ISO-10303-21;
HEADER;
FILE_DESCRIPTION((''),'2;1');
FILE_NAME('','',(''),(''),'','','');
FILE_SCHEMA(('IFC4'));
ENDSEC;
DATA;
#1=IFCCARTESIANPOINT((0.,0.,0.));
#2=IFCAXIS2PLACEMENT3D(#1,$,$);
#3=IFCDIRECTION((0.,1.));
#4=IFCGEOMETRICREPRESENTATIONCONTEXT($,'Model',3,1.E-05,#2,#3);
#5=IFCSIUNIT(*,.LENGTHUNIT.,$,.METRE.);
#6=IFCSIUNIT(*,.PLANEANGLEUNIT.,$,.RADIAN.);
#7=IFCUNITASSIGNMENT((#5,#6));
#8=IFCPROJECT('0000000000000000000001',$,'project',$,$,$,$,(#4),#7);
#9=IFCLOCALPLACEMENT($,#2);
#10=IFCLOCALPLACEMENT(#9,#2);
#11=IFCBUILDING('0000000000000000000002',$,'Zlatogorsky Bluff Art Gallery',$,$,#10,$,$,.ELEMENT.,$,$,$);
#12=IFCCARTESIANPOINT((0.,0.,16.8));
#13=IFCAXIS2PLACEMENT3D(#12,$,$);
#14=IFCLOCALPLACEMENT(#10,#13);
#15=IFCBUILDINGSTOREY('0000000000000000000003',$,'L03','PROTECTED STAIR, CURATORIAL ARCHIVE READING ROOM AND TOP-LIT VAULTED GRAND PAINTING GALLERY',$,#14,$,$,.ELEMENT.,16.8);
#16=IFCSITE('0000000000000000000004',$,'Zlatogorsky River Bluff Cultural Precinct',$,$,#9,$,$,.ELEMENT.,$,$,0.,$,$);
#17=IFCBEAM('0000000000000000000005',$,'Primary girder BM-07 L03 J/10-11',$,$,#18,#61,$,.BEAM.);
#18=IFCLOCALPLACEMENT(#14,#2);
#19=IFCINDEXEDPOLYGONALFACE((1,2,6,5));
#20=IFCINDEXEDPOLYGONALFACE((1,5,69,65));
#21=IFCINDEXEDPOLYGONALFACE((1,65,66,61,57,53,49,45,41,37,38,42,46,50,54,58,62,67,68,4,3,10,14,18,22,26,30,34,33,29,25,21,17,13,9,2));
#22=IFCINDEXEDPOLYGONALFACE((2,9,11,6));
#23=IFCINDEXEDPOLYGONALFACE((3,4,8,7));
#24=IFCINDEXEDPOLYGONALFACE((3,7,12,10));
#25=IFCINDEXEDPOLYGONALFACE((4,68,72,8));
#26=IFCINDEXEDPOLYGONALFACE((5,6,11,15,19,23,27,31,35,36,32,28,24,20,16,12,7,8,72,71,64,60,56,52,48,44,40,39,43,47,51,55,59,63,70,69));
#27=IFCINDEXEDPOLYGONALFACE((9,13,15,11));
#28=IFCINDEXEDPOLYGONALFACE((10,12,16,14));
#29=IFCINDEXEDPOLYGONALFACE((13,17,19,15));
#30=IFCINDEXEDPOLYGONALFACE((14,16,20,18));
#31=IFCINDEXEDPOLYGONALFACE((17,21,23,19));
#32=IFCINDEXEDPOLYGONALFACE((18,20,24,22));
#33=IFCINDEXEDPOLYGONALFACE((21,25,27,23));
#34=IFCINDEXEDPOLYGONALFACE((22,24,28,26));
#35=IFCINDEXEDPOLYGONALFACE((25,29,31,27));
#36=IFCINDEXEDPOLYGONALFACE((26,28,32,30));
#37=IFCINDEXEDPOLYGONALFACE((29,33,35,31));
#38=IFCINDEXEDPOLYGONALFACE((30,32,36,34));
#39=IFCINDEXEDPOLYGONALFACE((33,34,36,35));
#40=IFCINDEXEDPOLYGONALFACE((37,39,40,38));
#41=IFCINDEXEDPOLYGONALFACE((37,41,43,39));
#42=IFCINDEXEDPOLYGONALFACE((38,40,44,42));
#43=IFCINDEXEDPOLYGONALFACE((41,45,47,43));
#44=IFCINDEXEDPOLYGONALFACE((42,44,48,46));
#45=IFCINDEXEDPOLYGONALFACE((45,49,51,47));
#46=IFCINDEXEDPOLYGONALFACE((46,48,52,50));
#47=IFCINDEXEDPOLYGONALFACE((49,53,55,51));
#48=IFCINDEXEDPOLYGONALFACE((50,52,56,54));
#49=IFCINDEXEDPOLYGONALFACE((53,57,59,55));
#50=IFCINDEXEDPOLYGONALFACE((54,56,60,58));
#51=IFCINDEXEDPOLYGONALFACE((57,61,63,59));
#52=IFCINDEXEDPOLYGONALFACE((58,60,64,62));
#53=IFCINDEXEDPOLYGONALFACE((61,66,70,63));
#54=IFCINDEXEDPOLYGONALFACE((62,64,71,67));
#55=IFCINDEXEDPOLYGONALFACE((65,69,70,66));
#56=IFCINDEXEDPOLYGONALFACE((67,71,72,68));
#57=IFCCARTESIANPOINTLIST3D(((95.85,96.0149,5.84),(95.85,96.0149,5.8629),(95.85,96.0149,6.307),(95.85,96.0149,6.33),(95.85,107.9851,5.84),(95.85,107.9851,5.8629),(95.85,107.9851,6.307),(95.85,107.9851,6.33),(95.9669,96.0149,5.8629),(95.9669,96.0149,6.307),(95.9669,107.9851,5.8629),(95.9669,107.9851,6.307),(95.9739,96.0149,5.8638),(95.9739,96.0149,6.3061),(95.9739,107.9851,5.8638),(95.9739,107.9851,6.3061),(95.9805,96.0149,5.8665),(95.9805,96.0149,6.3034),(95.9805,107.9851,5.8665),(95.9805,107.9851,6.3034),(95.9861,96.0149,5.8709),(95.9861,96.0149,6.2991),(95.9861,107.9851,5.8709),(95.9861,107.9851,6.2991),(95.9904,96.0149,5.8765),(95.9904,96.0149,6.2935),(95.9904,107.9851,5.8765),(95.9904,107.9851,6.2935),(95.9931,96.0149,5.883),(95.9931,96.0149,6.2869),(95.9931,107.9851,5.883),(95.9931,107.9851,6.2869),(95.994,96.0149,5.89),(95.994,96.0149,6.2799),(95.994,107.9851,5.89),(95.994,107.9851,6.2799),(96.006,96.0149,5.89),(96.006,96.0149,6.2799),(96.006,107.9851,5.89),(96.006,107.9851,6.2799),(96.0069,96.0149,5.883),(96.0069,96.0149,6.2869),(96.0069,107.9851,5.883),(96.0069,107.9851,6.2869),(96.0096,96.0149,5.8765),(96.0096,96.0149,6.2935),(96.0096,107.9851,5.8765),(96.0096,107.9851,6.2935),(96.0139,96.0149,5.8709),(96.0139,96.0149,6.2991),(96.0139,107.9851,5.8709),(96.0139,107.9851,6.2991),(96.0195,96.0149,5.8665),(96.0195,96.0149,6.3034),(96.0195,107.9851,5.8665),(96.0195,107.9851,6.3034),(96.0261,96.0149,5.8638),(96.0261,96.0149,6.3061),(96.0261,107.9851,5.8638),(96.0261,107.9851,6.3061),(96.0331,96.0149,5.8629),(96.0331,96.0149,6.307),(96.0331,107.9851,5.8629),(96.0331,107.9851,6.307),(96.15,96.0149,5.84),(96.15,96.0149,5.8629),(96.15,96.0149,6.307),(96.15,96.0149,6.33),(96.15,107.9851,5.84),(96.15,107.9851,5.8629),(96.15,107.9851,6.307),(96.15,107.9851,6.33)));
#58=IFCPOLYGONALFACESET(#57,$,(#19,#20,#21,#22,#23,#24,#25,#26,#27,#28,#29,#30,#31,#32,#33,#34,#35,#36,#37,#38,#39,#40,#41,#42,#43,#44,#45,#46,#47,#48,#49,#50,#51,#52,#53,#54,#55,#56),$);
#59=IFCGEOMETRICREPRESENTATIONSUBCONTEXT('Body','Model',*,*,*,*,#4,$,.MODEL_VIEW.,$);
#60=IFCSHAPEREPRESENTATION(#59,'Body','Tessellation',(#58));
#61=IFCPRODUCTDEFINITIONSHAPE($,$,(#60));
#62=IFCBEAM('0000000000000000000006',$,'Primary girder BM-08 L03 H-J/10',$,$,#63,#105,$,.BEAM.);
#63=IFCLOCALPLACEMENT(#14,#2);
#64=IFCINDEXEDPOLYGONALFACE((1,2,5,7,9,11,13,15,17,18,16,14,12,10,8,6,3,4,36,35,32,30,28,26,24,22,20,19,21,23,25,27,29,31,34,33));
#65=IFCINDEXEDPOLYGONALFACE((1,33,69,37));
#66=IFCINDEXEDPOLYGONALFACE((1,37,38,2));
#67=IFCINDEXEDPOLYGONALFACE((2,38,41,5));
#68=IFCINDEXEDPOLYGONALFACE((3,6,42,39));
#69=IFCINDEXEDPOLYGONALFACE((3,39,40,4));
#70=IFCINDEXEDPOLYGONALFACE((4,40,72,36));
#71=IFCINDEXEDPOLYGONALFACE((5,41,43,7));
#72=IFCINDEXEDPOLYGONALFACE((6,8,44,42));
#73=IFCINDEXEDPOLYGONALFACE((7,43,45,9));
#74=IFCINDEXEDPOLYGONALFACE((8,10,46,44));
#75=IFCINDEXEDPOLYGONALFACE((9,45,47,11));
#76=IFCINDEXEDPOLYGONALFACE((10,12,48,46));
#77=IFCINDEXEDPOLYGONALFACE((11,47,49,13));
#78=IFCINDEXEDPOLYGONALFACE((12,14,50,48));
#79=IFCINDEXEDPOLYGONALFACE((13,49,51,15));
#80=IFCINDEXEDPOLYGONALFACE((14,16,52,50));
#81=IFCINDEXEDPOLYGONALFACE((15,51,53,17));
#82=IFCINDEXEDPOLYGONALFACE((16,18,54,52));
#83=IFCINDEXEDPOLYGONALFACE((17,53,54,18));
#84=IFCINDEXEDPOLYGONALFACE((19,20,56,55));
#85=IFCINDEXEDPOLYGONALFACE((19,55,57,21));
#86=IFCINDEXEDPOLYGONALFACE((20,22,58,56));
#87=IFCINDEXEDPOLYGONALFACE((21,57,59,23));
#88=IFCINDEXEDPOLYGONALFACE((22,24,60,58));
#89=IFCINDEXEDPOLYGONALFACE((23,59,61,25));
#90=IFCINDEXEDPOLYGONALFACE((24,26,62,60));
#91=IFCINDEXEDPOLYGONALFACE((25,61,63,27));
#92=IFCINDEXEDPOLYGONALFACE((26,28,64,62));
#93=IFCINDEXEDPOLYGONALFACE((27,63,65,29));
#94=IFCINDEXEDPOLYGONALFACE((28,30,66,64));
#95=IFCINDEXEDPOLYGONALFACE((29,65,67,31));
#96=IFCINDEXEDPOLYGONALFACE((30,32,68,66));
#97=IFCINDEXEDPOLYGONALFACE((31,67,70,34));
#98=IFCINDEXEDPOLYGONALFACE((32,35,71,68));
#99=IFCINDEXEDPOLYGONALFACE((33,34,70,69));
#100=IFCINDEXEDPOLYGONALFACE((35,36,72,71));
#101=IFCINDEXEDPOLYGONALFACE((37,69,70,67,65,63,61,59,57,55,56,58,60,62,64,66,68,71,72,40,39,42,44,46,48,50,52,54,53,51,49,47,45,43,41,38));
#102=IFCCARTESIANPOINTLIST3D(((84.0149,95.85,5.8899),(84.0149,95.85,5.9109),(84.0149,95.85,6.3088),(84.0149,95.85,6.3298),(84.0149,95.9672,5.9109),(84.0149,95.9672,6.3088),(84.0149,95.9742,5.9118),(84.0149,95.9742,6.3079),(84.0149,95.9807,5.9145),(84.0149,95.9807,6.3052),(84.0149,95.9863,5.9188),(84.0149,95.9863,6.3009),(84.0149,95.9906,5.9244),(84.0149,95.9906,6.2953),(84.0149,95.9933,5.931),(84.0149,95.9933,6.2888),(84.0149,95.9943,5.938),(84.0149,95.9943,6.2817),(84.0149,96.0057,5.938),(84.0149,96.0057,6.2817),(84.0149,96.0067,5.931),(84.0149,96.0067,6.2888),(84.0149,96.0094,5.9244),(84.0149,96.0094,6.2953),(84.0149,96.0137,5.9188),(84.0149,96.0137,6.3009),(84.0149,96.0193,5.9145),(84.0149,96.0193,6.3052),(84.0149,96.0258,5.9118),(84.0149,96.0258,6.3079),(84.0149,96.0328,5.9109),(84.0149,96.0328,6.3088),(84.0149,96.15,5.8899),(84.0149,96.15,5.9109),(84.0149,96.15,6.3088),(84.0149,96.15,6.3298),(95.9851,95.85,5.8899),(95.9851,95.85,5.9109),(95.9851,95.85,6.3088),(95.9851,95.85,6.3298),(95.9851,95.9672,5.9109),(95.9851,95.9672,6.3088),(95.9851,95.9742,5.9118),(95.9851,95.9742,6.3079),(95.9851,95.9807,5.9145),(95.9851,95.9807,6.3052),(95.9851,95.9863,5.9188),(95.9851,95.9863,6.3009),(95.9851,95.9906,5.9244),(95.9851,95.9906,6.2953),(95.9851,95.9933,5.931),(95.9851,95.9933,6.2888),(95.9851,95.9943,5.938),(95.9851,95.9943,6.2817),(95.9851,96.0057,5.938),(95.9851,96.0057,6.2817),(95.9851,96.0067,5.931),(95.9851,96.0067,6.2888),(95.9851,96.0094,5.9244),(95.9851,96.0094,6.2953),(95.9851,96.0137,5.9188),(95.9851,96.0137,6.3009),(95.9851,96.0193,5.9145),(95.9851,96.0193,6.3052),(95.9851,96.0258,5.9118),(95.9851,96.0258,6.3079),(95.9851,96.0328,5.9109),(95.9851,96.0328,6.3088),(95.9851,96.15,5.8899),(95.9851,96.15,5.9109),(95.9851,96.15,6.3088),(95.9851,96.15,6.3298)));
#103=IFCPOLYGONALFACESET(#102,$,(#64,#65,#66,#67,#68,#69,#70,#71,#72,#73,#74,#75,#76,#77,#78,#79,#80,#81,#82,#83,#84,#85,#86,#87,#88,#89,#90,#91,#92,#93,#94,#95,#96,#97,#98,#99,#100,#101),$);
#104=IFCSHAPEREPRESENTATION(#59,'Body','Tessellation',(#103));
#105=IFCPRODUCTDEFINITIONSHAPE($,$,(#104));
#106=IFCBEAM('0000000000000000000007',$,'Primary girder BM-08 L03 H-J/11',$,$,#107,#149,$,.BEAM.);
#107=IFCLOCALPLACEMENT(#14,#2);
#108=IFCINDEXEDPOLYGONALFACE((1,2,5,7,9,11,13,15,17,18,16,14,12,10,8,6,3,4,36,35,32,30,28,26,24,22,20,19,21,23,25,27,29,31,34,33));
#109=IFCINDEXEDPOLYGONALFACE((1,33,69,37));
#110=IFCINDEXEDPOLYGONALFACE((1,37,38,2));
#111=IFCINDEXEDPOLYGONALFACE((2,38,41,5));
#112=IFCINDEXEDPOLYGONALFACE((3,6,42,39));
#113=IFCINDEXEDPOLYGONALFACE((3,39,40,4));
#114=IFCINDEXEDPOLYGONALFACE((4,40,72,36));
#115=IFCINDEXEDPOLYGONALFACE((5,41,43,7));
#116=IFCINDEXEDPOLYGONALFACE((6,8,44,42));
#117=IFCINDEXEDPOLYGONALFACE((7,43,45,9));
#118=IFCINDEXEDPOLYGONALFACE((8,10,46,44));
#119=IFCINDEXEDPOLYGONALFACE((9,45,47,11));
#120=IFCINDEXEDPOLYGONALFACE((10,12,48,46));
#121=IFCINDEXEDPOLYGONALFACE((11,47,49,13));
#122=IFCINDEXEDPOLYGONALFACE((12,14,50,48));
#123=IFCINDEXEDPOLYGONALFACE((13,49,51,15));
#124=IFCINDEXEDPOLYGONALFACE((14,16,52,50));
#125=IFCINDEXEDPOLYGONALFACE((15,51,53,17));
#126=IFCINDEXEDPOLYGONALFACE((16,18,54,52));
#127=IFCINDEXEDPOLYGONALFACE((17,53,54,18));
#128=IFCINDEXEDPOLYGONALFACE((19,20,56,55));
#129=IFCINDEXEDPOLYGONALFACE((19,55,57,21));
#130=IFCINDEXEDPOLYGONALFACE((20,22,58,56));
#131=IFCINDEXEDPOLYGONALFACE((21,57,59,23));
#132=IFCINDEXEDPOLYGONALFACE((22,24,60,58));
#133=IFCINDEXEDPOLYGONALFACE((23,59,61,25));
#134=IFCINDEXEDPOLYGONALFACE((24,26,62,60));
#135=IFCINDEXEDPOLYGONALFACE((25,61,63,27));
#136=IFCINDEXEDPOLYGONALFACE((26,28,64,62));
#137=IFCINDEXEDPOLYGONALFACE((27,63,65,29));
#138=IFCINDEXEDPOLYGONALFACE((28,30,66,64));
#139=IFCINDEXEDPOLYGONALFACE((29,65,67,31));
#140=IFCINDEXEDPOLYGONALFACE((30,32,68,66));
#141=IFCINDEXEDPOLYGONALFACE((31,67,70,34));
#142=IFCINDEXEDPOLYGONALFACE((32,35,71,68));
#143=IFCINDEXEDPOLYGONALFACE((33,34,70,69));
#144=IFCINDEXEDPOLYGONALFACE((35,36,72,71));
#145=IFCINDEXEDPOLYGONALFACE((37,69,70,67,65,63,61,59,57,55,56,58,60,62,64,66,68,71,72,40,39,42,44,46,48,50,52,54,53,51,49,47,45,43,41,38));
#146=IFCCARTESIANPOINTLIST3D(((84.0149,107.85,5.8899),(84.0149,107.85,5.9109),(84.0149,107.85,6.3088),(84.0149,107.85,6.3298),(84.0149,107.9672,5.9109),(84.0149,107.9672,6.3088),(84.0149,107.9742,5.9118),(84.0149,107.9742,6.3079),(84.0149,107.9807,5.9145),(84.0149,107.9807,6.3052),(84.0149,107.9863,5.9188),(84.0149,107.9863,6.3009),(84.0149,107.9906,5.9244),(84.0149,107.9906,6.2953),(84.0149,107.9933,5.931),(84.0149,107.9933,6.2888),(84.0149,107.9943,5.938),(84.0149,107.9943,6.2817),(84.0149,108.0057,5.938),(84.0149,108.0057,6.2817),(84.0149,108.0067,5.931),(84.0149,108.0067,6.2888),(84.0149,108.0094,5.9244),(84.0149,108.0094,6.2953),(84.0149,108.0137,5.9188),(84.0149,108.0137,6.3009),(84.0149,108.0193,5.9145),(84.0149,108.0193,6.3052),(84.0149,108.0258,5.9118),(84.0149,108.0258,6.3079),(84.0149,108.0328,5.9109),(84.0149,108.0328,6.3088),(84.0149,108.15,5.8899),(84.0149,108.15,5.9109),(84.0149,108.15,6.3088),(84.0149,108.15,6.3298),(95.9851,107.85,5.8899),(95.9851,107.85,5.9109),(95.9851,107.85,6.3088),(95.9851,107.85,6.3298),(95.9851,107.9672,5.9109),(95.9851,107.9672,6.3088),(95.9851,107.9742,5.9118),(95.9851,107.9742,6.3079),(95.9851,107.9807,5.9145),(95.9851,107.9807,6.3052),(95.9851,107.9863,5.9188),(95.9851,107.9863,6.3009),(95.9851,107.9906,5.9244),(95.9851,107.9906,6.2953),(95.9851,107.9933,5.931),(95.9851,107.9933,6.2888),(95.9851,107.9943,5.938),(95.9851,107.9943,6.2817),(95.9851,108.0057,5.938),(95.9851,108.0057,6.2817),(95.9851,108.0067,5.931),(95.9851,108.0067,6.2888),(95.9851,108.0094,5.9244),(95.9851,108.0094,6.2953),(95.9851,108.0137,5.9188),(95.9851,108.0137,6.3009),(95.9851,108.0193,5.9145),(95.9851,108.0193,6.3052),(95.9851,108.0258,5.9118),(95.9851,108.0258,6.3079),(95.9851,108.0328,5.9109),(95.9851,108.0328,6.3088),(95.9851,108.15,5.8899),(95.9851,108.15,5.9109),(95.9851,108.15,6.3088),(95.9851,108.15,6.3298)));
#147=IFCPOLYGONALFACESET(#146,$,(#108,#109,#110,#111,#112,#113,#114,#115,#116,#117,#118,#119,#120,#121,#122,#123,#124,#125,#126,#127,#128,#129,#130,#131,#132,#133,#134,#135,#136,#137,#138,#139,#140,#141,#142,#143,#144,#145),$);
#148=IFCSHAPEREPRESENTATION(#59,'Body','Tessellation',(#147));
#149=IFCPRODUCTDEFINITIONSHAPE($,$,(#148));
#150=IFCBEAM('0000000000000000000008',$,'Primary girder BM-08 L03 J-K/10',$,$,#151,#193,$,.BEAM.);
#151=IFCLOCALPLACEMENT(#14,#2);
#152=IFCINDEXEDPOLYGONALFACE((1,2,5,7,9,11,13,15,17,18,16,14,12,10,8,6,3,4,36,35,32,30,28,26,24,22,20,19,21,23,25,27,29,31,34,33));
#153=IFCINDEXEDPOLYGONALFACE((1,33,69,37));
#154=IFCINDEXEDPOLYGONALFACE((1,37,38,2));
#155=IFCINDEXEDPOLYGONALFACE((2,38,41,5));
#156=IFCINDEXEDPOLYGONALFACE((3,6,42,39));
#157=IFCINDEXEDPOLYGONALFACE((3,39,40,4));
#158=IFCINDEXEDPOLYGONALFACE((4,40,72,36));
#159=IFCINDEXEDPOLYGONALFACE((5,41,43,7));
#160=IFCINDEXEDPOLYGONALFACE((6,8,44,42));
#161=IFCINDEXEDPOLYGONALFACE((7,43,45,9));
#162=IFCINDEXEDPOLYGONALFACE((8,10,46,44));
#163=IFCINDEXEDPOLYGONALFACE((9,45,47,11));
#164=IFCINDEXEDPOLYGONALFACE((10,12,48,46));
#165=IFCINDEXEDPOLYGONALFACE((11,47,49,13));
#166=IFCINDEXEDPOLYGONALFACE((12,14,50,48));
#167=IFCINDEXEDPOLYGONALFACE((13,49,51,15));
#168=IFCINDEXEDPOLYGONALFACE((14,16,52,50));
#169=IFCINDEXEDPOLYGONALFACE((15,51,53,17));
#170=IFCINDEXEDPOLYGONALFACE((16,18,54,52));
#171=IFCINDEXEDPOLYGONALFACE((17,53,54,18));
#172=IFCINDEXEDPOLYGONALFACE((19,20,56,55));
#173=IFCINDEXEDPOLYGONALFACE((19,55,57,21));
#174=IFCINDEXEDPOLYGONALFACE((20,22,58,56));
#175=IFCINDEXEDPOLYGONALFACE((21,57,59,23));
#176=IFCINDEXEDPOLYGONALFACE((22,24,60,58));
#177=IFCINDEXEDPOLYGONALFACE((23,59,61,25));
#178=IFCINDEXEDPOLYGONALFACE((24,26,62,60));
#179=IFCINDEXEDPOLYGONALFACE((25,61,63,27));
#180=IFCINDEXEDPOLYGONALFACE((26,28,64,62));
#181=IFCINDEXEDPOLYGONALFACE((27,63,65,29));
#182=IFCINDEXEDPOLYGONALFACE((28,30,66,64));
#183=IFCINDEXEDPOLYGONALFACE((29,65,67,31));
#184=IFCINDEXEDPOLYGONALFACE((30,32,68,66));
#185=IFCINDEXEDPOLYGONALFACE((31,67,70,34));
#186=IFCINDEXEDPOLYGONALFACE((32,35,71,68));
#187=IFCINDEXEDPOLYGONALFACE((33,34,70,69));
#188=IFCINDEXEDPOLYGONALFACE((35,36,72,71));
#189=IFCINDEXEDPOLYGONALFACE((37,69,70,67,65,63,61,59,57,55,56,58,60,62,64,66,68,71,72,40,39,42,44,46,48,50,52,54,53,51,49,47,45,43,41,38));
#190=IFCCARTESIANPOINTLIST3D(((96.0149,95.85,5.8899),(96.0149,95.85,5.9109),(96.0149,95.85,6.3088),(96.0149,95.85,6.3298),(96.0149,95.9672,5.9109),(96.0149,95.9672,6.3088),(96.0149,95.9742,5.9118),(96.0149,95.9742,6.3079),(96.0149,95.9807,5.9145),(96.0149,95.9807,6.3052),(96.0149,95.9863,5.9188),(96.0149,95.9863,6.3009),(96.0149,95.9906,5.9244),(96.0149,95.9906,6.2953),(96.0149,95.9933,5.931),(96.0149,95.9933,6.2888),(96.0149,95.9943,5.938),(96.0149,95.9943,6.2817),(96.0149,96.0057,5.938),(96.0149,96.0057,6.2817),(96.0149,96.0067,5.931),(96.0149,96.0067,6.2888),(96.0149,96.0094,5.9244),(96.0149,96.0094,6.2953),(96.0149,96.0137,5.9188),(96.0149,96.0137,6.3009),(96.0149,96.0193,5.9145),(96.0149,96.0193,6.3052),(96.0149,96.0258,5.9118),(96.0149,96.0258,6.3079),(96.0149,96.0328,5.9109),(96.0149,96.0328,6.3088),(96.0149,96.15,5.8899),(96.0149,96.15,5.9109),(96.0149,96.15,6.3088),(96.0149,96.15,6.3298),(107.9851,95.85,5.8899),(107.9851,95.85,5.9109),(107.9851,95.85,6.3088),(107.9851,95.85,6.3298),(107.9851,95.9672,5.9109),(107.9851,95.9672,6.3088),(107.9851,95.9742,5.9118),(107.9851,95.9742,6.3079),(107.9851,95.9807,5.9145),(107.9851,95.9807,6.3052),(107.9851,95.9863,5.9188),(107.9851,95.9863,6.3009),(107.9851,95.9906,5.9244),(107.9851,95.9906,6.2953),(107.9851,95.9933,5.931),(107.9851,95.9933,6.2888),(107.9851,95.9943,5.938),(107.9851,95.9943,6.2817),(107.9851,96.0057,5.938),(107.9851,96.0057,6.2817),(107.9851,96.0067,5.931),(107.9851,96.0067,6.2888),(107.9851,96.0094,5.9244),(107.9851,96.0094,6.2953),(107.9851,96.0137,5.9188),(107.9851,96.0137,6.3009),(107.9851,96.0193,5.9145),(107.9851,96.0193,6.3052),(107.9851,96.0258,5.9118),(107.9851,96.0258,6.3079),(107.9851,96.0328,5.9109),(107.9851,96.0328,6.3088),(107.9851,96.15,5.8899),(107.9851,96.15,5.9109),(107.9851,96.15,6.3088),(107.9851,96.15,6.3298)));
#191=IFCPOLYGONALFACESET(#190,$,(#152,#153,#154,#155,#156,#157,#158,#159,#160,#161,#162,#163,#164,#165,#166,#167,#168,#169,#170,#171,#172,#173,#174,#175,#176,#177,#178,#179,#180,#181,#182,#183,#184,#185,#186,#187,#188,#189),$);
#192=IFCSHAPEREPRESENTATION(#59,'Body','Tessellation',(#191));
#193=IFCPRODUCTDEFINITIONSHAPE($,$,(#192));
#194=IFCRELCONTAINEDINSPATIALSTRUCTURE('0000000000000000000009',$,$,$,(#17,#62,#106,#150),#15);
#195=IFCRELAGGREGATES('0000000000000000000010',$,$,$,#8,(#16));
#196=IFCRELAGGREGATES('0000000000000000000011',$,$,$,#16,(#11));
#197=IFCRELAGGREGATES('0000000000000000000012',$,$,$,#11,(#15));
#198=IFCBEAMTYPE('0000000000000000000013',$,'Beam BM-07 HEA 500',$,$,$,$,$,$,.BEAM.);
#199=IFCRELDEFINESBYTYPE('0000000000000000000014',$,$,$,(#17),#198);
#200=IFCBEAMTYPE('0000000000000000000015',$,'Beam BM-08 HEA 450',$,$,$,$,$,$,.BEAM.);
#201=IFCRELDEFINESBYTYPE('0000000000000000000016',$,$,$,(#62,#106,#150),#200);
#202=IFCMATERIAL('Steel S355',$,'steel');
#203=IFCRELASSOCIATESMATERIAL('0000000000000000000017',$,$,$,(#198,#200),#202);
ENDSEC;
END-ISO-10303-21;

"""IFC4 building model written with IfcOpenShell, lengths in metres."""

from ifc_helpers import new_model, si_unit, direction, frame, origin, origin_2d, place, context, subcontext, project, spatial, i_section, extrude, material, material_profile, profile_set, type_object, element, save


model = new_model("IFC4")

# Units and contexts
model_context = context("Model", 3, precision=1e-05, world=origin(), true_north=direction((0.0, 1.0)))
body_context = subcontext(model_context, "Body", "Model", "MODEL_VIEW")
ifc_project = project(units=[si_unit("LENGTHUNIT", "METRE"), si_unit("PLANEANGLEUNIT", "RADIAN")], contexts=[model_context])

# Site, building, storey
site_placement = place(None, origin())
site = spatial("IfcSite", under=ifc_project, at=site_placement, Name="Zlatogorsky River Bluff Cultural Precinct", CompositionType="ELEMENT", RefElevation=0.0)
building_placement = place(site_placement, origin())
building = spatial("IfcBuilding", under=site, at=building_placement, Name="Zlatogorsky Bluff Art Gallery", CompositionType="ELEMENT")
storey_placement = place(building_placement, frame((0.0, 0.0, 16.8)))
storey = spatial("IfcBuildingStorey", under=building, at=storey_placement, Name="L03", Description="PROTECTED STAIR, CURATORIAL ARCHIVE READING ROOM AND TOP-LIT VAULTED GRAND PAINTING GALLERY", CompositionType="ELEMENT", Elevation=16.8)

# Shared definitions
ifc_material_1 = material(Name="Steel S355", Category="steel")

# Beams
ifc_material_profile_1 = material_profile(ifc_material_1, i_section(OverallWidth=0.3, OverallDepth=0.49, WebThickness=0.012, FlangeThickness=0.0229, FilletRadius=0.0271, at=origin_2d()), Name="HEA 500")
ifc_profile_set_1 = profile_set([ifc_material_profile_1], Name="Steel S355")
beam_type_1 = type_object("IfcBeamType", Name="Beam BM-07 HEA 500", PredefinedType="BEAM", material=ifc_profile_set_1)
for number, where, z_axis, x_axis, name in (
    (1, (96.0, 96.0149, 6.085), (0.0, 1.0, 0.0), (-1.0, 0.0, 0.0), "Primary girder BM-07 L03 J/10-11"),
):
    element("IfcBeam", number, at=place(storey_placement, frame(where, z_axis=z_axis, x_axis=x_axis)), inside=storey, type_object=beam_type_1, Name=name, PredefinedType="BEAM", context=body_context, shape_type="SweptSolid", body=[
        extrude(i_section(OverallWidth=0.3, OverallDepth=0.49, WebThickness=0.012, FlangeThickness=0.0229, FilletRadius=0.0271, at=origin_2d()), origin(), (0.0, 0.0, 1.0), 11.9702),
    ])
ifc_material_profile_2 = material_profile(ifc_material_1, i_section(OverallWidth=0.3, OverallDepth=0.4399, WebThickness=0.0115, FlangeThickness=0.021, FilletRadius=0.0271, at=origin_2d()), Name="HEA 450")
ifc_profile_set_2 = profile_set([ifc_material_profile_2], Name="Steel S355")
beam_type_2 = type_object("IfcBeamType", Name="Beam BM-08 HEA 450", PredefinedType="BEAM", material=ifc_profile_set_2)
for number, where, z_axis, x_axis, name in (
    (2, (84.0149, 96.0, 6.1099), (1.0, 0.0, 0.0), (0.0, 1.0, 0.0), "Primary girder BM-08 L03 H-J/10"),
    (3, (84.0149, 108.0, 6.1099), (1.0, 0.0, 0.0), (0.0, 1.0, 0.0), "Primary girder BM-08 L03 H-J/11"),
    (4, (96.0149, 96.0, 6.1099), (1.0, 0.0, 0.0), (0.0, 1.0, 0.0), "Primary girder BM-08 L03 J-K/10"),
):
    element("IfcBeam", number, at=place(storey_placement, frame(where, z_axis=z_axis, x_axis=x_axis)), inside=storey, type_object=beam_type_2, Name=name, PredefinedType="BEAM", context=body_context, shape_type="SweptSolid", body=[
        extrude(i_section(OverallWidth=0.3, OverallDepth=0.4399, WebThickness=0.0115, FlangeThickness=0.021, FilletRadius=0.0271, at=origin_2d()), origin(), (0.0, 0.0, 1.0), 11.9702),
    ])

save(model, "model.ifc")
